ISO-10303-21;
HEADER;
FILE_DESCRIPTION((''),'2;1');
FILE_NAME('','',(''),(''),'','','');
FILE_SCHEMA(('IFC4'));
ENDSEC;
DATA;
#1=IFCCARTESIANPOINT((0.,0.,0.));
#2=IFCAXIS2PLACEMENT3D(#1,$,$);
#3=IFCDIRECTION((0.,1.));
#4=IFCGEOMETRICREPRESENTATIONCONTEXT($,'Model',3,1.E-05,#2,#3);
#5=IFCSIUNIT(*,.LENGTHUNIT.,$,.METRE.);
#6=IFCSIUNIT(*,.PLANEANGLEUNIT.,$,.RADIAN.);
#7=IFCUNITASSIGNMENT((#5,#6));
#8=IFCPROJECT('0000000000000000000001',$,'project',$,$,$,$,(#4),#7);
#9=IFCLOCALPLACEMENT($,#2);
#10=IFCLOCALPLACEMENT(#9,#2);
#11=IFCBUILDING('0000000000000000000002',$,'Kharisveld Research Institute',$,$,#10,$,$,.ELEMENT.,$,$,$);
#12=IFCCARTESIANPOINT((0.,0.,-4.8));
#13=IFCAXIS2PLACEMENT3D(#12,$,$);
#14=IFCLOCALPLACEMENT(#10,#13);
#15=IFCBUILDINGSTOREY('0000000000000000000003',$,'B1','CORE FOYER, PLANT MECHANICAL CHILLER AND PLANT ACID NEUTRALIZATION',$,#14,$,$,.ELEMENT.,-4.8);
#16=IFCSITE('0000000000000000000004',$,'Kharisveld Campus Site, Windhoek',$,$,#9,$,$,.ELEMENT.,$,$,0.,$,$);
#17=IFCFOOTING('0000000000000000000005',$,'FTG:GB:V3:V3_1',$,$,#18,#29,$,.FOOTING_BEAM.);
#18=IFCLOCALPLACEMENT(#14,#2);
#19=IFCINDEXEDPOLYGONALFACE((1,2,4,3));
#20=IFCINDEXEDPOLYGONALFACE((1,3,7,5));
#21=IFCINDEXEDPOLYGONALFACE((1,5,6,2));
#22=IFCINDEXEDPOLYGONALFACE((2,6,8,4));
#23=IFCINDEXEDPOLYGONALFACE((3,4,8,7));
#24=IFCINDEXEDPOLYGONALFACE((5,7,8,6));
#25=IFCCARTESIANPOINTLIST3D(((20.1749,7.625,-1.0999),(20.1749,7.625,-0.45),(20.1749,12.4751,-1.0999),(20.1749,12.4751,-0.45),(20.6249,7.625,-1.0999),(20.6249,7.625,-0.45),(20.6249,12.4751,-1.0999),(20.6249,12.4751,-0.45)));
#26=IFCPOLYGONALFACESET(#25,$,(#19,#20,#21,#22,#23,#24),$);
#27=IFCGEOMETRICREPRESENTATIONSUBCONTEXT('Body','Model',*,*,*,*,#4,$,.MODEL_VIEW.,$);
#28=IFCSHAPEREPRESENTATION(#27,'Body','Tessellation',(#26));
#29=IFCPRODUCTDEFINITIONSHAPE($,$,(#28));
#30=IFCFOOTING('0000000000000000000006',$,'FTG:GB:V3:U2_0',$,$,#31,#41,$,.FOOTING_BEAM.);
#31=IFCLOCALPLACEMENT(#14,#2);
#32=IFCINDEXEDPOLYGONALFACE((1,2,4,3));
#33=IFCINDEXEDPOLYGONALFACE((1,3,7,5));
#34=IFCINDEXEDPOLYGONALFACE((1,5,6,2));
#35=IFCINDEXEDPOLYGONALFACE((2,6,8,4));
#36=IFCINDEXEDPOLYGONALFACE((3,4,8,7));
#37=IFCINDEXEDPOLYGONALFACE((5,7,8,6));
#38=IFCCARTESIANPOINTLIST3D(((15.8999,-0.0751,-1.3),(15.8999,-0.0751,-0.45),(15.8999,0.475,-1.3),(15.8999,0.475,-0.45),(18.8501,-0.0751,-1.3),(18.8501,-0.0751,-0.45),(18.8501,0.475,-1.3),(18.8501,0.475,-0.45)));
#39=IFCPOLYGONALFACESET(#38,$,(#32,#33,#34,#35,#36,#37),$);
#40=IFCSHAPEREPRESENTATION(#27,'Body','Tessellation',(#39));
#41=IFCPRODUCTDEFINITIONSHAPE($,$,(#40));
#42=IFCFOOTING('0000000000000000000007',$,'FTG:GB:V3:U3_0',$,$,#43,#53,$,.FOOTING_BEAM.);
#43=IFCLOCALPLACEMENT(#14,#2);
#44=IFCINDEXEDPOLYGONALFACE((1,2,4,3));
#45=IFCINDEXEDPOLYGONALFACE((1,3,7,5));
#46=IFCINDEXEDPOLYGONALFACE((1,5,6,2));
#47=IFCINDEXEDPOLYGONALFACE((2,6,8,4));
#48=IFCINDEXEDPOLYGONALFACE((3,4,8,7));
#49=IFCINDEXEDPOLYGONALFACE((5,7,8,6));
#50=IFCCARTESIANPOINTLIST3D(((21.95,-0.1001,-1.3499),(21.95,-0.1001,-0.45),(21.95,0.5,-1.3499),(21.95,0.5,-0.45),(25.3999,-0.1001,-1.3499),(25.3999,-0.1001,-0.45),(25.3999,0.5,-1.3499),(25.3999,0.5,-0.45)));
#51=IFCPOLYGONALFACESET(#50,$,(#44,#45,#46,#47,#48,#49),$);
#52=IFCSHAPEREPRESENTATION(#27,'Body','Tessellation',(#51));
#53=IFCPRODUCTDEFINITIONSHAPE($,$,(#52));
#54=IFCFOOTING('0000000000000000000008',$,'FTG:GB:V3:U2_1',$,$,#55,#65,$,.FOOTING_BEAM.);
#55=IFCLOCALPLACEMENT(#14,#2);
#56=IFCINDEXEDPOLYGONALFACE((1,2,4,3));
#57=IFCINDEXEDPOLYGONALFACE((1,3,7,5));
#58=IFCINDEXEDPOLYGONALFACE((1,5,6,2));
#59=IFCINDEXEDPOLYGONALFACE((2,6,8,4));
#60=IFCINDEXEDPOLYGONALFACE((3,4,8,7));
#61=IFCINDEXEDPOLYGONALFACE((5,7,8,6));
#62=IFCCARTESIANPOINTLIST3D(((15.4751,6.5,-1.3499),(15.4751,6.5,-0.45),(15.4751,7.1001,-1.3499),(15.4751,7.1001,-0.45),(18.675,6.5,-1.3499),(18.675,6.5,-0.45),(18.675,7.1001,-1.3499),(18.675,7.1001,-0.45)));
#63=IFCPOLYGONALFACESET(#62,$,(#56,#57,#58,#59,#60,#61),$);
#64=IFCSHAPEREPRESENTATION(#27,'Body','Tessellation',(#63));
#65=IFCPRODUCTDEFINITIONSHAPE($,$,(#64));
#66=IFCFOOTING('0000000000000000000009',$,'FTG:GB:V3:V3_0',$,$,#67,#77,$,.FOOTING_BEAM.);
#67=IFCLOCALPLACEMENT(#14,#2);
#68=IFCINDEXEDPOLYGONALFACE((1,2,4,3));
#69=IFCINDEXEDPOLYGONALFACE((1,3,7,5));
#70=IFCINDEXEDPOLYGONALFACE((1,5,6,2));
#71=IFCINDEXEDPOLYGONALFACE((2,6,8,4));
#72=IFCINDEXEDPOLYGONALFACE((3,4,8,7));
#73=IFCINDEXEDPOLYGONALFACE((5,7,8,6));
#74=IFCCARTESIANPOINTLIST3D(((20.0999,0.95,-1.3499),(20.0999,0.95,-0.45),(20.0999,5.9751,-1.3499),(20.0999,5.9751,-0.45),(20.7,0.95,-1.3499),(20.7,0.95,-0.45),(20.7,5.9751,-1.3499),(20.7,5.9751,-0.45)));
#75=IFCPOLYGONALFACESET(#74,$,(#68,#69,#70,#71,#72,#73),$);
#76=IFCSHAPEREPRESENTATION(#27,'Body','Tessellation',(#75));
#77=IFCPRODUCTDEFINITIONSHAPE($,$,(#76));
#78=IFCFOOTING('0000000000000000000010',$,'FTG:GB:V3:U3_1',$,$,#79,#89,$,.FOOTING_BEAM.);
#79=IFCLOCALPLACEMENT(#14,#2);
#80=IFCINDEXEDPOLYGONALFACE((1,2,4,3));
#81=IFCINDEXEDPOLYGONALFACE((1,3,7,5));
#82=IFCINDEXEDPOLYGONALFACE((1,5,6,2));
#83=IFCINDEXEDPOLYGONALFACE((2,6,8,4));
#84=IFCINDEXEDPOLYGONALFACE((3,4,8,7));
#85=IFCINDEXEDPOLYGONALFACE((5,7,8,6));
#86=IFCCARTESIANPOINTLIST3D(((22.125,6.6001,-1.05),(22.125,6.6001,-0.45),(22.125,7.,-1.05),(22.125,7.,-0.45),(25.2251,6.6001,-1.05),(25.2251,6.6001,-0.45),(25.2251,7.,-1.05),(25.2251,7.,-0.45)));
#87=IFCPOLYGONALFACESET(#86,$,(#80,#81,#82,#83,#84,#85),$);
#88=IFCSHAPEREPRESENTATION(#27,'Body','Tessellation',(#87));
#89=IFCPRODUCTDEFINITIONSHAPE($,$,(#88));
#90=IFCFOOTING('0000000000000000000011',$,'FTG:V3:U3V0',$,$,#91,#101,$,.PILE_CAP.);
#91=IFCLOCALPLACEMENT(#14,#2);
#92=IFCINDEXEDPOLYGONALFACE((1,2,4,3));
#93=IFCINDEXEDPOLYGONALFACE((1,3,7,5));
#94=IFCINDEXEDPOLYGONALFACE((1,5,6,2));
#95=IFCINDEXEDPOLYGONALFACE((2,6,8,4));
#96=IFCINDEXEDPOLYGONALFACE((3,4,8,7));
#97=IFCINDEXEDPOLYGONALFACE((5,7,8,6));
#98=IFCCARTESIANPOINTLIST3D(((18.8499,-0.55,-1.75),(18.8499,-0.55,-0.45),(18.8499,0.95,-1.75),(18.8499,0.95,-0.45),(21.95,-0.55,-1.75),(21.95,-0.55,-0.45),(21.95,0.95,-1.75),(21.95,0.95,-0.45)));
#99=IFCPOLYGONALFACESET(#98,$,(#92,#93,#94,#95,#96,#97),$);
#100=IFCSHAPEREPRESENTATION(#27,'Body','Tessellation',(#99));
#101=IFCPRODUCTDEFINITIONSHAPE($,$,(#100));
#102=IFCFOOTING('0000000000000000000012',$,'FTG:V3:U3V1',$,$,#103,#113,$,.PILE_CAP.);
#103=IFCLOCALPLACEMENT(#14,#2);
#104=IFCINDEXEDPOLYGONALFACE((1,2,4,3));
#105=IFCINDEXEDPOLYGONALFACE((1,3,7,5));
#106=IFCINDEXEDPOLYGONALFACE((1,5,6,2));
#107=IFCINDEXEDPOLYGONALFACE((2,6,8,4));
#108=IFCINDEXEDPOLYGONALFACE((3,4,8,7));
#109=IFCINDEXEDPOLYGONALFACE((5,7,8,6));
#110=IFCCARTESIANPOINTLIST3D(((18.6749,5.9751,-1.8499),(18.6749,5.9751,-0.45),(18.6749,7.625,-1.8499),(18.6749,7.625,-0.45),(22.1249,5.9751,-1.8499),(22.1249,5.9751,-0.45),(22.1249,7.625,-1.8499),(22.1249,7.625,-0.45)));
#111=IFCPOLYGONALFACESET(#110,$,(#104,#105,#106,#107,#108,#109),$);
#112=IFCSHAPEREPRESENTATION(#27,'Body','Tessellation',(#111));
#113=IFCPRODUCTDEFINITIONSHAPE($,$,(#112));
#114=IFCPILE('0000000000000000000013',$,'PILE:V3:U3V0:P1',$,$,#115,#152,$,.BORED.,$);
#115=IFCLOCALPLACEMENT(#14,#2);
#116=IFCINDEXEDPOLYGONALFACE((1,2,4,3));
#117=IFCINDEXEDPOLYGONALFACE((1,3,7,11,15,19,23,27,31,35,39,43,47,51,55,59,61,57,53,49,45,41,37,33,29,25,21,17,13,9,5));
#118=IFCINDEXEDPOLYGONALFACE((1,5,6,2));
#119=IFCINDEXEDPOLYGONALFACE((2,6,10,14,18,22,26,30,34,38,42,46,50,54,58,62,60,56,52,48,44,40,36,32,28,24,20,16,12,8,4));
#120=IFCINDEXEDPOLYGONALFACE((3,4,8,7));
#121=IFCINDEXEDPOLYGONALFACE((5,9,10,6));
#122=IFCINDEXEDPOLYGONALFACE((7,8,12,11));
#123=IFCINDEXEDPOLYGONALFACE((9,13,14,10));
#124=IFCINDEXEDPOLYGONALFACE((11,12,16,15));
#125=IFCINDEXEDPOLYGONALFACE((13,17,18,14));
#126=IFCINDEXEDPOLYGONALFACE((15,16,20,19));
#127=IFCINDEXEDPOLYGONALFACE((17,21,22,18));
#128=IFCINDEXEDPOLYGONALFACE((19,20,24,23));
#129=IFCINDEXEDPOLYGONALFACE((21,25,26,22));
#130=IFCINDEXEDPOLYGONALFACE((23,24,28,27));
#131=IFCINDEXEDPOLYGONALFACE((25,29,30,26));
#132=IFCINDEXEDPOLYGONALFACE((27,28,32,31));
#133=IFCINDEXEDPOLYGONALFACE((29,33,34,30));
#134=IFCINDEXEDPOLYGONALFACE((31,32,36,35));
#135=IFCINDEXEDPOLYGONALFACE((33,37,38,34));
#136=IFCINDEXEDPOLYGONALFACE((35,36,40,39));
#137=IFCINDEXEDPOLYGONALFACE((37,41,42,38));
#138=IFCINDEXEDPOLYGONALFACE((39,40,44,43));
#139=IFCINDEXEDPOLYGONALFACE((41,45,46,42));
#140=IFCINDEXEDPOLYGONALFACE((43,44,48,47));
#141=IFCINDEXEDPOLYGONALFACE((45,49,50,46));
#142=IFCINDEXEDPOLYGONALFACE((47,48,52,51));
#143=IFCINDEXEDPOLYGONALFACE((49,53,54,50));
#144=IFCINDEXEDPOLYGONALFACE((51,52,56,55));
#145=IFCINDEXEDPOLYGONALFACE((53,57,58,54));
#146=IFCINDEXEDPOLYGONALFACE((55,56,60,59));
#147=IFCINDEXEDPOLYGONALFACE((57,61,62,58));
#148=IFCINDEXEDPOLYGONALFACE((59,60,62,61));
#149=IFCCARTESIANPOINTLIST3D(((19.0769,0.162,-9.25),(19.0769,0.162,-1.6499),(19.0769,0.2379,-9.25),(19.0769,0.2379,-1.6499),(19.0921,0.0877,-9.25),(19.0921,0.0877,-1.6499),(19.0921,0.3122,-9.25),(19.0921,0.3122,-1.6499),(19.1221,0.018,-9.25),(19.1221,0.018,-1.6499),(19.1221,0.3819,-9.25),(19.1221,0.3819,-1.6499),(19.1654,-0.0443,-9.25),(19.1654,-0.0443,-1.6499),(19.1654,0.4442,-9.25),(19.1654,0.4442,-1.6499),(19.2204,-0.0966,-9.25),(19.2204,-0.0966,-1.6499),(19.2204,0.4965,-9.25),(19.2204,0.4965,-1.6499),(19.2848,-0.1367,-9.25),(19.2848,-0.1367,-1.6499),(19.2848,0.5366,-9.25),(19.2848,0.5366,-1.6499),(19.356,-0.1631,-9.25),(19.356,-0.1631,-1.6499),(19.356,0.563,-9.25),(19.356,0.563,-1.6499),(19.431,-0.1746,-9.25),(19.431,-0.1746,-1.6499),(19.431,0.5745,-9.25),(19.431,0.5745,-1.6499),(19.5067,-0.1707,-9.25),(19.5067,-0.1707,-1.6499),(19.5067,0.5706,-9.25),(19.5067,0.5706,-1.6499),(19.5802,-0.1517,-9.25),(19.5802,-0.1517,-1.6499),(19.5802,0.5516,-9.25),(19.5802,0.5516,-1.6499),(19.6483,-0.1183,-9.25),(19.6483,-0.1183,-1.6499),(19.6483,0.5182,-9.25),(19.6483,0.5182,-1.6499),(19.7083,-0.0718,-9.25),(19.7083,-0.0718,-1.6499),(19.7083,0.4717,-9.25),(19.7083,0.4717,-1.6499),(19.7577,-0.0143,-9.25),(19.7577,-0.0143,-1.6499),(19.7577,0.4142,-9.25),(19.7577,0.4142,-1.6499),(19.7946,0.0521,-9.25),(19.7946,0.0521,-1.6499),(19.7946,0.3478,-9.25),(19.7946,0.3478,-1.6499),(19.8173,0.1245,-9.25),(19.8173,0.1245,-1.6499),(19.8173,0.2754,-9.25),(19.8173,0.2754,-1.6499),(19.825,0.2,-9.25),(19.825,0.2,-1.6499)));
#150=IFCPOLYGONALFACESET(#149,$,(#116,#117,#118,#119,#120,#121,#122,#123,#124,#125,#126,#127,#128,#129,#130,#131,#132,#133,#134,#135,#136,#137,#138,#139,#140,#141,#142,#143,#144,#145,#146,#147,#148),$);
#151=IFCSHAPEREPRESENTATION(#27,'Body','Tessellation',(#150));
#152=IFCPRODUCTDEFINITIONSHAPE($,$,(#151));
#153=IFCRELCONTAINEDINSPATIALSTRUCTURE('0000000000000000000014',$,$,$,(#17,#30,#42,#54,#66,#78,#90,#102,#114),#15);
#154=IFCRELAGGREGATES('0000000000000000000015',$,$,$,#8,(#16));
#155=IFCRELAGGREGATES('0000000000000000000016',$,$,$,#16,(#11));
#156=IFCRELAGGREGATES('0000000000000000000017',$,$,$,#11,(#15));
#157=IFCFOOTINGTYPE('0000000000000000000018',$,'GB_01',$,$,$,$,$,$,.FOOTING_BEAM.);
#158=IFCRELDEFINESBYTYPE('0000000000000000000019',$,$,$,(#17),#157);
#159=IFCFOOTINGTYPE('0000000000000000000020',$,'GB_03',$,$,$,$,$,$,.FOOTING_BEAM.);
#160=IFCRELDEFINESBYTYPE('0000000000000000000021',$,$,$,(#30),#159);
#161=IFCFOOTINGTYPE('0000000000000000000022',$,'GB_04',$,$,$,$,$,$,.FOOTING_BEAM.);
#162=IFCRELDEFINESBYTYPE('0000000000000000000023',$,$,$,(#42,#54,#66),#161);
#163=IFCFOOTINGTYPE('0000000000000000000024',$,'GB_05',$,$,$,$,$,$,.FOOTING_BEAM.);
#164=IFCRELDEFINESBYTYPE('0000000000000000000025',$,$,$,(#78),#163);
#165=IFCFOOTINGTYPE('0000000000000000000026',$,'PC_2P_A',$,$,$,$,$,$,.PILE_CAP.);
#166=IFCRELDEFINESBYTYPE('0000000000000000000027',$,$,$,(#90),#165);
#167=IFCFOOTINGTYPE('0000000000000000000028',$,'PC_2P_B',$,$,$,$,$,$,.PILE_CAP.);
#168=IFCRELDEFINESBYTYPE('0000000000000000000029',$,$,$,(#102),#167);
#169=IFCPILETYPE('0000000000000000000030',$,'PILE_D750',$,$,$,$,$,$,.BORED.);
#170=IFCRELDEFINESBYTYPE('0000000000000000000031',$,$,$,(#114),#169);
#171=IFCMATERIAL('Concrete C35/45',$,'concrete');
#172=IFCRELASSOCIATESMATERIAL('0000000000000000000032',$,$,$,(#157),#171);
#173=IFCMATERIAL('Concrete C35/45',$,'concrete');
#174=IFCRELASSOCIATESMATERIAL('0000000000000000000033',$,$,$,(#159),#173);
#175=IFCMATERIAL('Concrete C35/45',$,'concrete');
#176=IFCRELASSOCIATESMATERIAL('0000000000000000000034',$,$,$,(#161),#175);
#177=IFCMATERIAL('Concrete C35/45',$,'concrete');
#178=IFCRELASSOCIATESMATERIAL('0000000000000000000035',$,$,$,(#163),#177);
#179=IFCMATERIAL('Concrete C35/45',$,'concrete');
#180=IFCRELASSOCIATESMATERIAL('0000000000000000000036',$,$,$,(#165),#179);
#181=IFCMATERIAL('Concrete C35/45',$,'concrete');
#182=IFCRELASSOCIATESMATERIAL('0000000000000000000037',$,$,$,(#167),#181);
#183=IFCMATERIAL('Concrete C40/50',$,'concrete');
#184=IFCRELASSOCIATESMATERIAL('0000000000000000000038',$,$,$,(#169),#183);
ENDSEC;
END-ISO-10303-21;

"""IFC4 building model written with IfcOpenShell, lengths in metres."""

from ifc_helpers import new_model, si_unit, direction, frame, origin, origin_2d, place, context, subcontext, project, spatial, rectangle, circle, extrude, material, material_profile, profile_set, type_object, element, save


model = new_model("IFC4")

# Units and contexts
model_context = context("Model", 3, precision=1e-05, world=origin(), true_north=direction((0.0, 1.0)))
body_context = subcontext(model_context, "Body", "Model", "MODEL_VIEW")
ifc_project = project(units=[si_unit("LENGTHUNIT", "METRE"), si_unit("PLANEANGLEUNIT", "RADIAN")], contexts=[model_context])

# Site, building, storey
site_placement = place(None, origin())
site = spatial("IfcSite", under=ifc_project, at=site_placement, Name="Kharisveld Campus Site, Windhoek", CompositionType="ELEMENT", RefElevation=0.0)
building_placement = place(site_placement, origin())
building = spatial("IfcBuilding", under=site, at=building_placement, Name="Kharisveld Research Institute", CompositionType="ELEMENT")
storey_placement = place(building_placement, frame((0.0, 0.0, -4.8)))
storey = spatial("IfcBuildingStorey", under=building, at=storey_placement, Name="B1", Description="CORE FOYER, PLANT MECHANICAL CHILLER AND PLANT ACID NEUTRALIZATION", CompositionType="ELEMENT", Elevation=-4.8)

# Footings
ifc_material_1 = material(Name="Concrete C35/45", Category="concrete")
ifc_material_profile_1 = material_profile(ifc_material_1, rectangle(XDim=0.45, YDim=0.6499, at=origin_2d()))
ifc_profile_set_1 = profile_set([ifc_material_profile_1], Name="Concrete C35/45")
footing_type_1 = type_object("IfcFootingType", Name="GB_01", PredefinedType="FOOTING_BEAM", material=ifc_profile_set_1)
footing_1_placement = place(storey_placement, frame((20.3999, 7.625, -0.7749), z_axis=(0.0, 1.0, 0.0), x_axis=(-1.0, 0.0, 0.0)))
element("IfcFooting", 1, at=footing_1_placement, inside=storey, type_object=footing_type_1, Name="FTG:GB:V3:V3_1", PredefinedType="FOOTING_BEAM", context=body_context, shape_type="SweptSolid", body=[
    extrude(rectangle(XDim=0.45, YDim=0.6499, at=origin_2d()), origin(), (0.0, 0.0, 1.0), 4.8501),
])
ifc_material_2 = material(Name="Concrete C35/45", Category="concrete")
ifc_material_profile_2 = material_profile(ifc_material_2, rectangle(XDim=0.55, YDim=0.8501, at=origin_2d()))
ifc_profile_set_2 = profile_set([ifc_material_profile_2], Name="Concrete C35/45")
footing_type_2 = type_object("IfcFootingType", Name="GB_03", PredefinedType="FOOTING_BEAM", material=ifc_profile_set_2)
footing_2_placement = place(storey_placement, frame((15.8999, 0.2, -0.875), z_axis=(1.0, 0.0, 0.0), x_axis=(0.0, 1.0, 0.0)))
element("IfcFooting", 2, at=footing_2_placement, inside=storey, type_object=footing_type_2, Name="FTG:GB:V3:U2_0", PredefinedType="FOOTING_BEAM", context=body_context, shape_type="SweptSolid", body=[
    extrude(rectangle(XDim=0.55, YDim=0.8501, at=origin_2d()), origin(), (0.0, 0.0, 1.0), 2.9502),
])
ifc_material_3 = material(Name="Concrete C35/45", Category="concrete")
ifc_material_profile_3 = material_profile(ifc_material_3, rectangle(XDim=0.6001, YDim=0.8999, at=origin_2d()))
ifc_profile_set_3 = profile_set([ifc_material_profile_3], Name="Concrete C35/45")
footing_type_3 = type_object("IfcFootingType", Name="GB_04", PredefinedType="FOOTING_BEAM", material=ifc_profile_set_3)
footing_3_placement = place(storey_placement, frame((21.95, 0.2, -0.8999), z_axis=(1.0, 0.0, 0.0), x_axis=(0.0, 1.0, 0.0)))
element("IfcFooting", 3, at=footing_3_placement, inside=storey, type_object=footing_type_3, Name="FTG:GB:V3:U3_0", PredefinedType="FOOTING_BEAM", context=body_context, shape_type="SweptSolid", body=[
    extrude(rectangle(XDim=0.6001, YDim=0.8999, at=origin_2d()), origin(), (0.0, 0.0, 1.0), 3.45),
])
footing_4_placement = place(storey_placement, frame((15.4751, 6.8, -0.8999), z_axis=(1.0, 0.0, 0.0), x_axis=(0.0, 1.0, 0.0)))
element("IfcFooting", 4, at=footing_4_placement, inside=storey, type_object=footing_type_3, Name="FTG:GB:V3:U2_1", PredefinedType="FOOTING_BEAM", context=body_context, shape_type="SweptSolid", body=[
    extrude(rectangle(XDim=0.6001, YDim=0.8999, at=origin_2d()), origin(), (0.0, 0.0, 1.0), 3.2),
])
footing_5_placement = place(storey_placement, frame((20.3999, 0.95, -0.8999), z_axis=(0.0, 1.0, 0.0), x_axis=(-1.0, 0.0, 0.0)))
element("IfcFooting", 5, at=footing_5_placement, inside=storey, type_object=footing_type_3, Name="FTG:GB:V3:V3_0", PredefinedType="FOOTING_BEAM", context=body_context, shape_type="SweptSolid", body=[
    extrude(rectangle(XDim=0.6001, YDim=0.8999, at=origin_2d()), origin(), (0.0, 0.0, 1.0), 5.0251),
])
ifc_material_4 = material(Name="Concrete C35/45", Category="concrete")
ifc_material_profile_4 = material_profile(ifc_material_4, rectangle(XDim=0.3999, YDim=0.6001, at=origin_2d()))
ifc_profile_set_4 = profile_set([ifc_material_profile_4], Name="Concrete C35/45")
footing_type_4 = type_object("IfcFootingType", Name="GB_05", PredefinedType="FOOTING_BEAM", material=ifc_profile_set_4)
footing_6_placement = place(storey_placement, frame((22.125, 6.8, -0.75), z_axis=(1.0, 0.0, 0.0), x_axis=(0.0, 1.0, 0.0)))
element("IfcFooting", 6, at=footing_6_placement, inside=storey, type_object=footing_type_4, Name="FTG:GB:V3:U3_1", PredefinedType="FOOTING_BEAM", context=body_context, shape_type="SweptSolid", body=[
    extrude(rectangle(XDim=0.3999, YDim=0.6001, at=origin_2d()), origin(), (0.0, 0.0, 1.0), 3.1001),
])
ifc_material_5 = material(Name="Concrete C35/45", Category="concrete")
footing_type_5 = type_object("IfcFootingType", Name="PC_2P_A", PredefinedType="PILE_CAP", material=ifc_material_5)
footing_7_placement = place(storey_placement, frame((20.3999, 0.2, -1.75), z_axis=(0.0, 0.0, 1.0), x_axis=(1.0, 0.0, 0.0)))
element("IfcFooting", 7, at=footing_7_placement, inside=storey, type_object=footing_type_5, Name="FTG:V3:U3V0", PredefinedType="PILE_CAP", context=body_context, shape_type="SweptSolid", body=[
    extrude(rectangle(XDim=3.1001, YDim=1.5, at=origin_2d()), origin(), (0.0, 0.0, 1.0), 1.3),
])
ifc_material_6 = material(Name="Concrete C35/45", Category="concrete")
footing_type_6 = type_object("IfcFootingType", Name="PC_2P_B", PredefinedType="PILE_CAP", material=ifc_material_6)
footing_8_placement = place(storey_placement, frame((20.3999, 6.8, -1.8499), z_axis=(0.0, 0.0, 1.0), x_axis=(1.0, 0.0, 0.0)))
element("IfcFooting", 8, at=footing_8_placement, inside=storey, type_object=footing_type_6, Name="FTG:V3:U3V1", PredefinedType="PILE_CAP", context=body_context, shape_type="SweptSolid", body=[
    extrude(rectangle(XDim=3.45, YDim=1.6499, at=origin_2d()), origin(), (0.0, 0.0, 1.0), 1.3999),
])

# Pile
ifc_material_7 = material(Name="Concrete C40/50", Category="concrete")
ifc_material_profile_5 = material_profile(ifc_material_7, circle(Radius=0.375, at=origin_2d()))
ifc_profile_set_5 = profile_set([ifc_material_profile_5], Name="Concrete C40/50")
pile_type_1 = type_object("IfcPileType", Name="PILE_D750", PredefinedType="BORED", material=ifc_profile_set_5)
for number, where, z_axis, x_axis, name in (
    (9, (19.45, 0.2, -1.6499), (0.0, 0.0, -1.0), (1.0, 0.0, 0.0), "PILE:V3:U3V0:P1"),
):
    element("IfcPile", number, at=place(storey_placement, frame(where, z_axis=z_axis, x_axis=x_axis)), inside=storey, type_object=pile_type_1, Name=name, PredefinedType="BORED", context=body_context, shape_type="SweptSolid", body=[
        extrude(circle(Radius=0.375, at=origin_2d()), origin(), (0.0, 0.0, 1.0), 7.6001),
    ])

save(model, "model.ifc")
